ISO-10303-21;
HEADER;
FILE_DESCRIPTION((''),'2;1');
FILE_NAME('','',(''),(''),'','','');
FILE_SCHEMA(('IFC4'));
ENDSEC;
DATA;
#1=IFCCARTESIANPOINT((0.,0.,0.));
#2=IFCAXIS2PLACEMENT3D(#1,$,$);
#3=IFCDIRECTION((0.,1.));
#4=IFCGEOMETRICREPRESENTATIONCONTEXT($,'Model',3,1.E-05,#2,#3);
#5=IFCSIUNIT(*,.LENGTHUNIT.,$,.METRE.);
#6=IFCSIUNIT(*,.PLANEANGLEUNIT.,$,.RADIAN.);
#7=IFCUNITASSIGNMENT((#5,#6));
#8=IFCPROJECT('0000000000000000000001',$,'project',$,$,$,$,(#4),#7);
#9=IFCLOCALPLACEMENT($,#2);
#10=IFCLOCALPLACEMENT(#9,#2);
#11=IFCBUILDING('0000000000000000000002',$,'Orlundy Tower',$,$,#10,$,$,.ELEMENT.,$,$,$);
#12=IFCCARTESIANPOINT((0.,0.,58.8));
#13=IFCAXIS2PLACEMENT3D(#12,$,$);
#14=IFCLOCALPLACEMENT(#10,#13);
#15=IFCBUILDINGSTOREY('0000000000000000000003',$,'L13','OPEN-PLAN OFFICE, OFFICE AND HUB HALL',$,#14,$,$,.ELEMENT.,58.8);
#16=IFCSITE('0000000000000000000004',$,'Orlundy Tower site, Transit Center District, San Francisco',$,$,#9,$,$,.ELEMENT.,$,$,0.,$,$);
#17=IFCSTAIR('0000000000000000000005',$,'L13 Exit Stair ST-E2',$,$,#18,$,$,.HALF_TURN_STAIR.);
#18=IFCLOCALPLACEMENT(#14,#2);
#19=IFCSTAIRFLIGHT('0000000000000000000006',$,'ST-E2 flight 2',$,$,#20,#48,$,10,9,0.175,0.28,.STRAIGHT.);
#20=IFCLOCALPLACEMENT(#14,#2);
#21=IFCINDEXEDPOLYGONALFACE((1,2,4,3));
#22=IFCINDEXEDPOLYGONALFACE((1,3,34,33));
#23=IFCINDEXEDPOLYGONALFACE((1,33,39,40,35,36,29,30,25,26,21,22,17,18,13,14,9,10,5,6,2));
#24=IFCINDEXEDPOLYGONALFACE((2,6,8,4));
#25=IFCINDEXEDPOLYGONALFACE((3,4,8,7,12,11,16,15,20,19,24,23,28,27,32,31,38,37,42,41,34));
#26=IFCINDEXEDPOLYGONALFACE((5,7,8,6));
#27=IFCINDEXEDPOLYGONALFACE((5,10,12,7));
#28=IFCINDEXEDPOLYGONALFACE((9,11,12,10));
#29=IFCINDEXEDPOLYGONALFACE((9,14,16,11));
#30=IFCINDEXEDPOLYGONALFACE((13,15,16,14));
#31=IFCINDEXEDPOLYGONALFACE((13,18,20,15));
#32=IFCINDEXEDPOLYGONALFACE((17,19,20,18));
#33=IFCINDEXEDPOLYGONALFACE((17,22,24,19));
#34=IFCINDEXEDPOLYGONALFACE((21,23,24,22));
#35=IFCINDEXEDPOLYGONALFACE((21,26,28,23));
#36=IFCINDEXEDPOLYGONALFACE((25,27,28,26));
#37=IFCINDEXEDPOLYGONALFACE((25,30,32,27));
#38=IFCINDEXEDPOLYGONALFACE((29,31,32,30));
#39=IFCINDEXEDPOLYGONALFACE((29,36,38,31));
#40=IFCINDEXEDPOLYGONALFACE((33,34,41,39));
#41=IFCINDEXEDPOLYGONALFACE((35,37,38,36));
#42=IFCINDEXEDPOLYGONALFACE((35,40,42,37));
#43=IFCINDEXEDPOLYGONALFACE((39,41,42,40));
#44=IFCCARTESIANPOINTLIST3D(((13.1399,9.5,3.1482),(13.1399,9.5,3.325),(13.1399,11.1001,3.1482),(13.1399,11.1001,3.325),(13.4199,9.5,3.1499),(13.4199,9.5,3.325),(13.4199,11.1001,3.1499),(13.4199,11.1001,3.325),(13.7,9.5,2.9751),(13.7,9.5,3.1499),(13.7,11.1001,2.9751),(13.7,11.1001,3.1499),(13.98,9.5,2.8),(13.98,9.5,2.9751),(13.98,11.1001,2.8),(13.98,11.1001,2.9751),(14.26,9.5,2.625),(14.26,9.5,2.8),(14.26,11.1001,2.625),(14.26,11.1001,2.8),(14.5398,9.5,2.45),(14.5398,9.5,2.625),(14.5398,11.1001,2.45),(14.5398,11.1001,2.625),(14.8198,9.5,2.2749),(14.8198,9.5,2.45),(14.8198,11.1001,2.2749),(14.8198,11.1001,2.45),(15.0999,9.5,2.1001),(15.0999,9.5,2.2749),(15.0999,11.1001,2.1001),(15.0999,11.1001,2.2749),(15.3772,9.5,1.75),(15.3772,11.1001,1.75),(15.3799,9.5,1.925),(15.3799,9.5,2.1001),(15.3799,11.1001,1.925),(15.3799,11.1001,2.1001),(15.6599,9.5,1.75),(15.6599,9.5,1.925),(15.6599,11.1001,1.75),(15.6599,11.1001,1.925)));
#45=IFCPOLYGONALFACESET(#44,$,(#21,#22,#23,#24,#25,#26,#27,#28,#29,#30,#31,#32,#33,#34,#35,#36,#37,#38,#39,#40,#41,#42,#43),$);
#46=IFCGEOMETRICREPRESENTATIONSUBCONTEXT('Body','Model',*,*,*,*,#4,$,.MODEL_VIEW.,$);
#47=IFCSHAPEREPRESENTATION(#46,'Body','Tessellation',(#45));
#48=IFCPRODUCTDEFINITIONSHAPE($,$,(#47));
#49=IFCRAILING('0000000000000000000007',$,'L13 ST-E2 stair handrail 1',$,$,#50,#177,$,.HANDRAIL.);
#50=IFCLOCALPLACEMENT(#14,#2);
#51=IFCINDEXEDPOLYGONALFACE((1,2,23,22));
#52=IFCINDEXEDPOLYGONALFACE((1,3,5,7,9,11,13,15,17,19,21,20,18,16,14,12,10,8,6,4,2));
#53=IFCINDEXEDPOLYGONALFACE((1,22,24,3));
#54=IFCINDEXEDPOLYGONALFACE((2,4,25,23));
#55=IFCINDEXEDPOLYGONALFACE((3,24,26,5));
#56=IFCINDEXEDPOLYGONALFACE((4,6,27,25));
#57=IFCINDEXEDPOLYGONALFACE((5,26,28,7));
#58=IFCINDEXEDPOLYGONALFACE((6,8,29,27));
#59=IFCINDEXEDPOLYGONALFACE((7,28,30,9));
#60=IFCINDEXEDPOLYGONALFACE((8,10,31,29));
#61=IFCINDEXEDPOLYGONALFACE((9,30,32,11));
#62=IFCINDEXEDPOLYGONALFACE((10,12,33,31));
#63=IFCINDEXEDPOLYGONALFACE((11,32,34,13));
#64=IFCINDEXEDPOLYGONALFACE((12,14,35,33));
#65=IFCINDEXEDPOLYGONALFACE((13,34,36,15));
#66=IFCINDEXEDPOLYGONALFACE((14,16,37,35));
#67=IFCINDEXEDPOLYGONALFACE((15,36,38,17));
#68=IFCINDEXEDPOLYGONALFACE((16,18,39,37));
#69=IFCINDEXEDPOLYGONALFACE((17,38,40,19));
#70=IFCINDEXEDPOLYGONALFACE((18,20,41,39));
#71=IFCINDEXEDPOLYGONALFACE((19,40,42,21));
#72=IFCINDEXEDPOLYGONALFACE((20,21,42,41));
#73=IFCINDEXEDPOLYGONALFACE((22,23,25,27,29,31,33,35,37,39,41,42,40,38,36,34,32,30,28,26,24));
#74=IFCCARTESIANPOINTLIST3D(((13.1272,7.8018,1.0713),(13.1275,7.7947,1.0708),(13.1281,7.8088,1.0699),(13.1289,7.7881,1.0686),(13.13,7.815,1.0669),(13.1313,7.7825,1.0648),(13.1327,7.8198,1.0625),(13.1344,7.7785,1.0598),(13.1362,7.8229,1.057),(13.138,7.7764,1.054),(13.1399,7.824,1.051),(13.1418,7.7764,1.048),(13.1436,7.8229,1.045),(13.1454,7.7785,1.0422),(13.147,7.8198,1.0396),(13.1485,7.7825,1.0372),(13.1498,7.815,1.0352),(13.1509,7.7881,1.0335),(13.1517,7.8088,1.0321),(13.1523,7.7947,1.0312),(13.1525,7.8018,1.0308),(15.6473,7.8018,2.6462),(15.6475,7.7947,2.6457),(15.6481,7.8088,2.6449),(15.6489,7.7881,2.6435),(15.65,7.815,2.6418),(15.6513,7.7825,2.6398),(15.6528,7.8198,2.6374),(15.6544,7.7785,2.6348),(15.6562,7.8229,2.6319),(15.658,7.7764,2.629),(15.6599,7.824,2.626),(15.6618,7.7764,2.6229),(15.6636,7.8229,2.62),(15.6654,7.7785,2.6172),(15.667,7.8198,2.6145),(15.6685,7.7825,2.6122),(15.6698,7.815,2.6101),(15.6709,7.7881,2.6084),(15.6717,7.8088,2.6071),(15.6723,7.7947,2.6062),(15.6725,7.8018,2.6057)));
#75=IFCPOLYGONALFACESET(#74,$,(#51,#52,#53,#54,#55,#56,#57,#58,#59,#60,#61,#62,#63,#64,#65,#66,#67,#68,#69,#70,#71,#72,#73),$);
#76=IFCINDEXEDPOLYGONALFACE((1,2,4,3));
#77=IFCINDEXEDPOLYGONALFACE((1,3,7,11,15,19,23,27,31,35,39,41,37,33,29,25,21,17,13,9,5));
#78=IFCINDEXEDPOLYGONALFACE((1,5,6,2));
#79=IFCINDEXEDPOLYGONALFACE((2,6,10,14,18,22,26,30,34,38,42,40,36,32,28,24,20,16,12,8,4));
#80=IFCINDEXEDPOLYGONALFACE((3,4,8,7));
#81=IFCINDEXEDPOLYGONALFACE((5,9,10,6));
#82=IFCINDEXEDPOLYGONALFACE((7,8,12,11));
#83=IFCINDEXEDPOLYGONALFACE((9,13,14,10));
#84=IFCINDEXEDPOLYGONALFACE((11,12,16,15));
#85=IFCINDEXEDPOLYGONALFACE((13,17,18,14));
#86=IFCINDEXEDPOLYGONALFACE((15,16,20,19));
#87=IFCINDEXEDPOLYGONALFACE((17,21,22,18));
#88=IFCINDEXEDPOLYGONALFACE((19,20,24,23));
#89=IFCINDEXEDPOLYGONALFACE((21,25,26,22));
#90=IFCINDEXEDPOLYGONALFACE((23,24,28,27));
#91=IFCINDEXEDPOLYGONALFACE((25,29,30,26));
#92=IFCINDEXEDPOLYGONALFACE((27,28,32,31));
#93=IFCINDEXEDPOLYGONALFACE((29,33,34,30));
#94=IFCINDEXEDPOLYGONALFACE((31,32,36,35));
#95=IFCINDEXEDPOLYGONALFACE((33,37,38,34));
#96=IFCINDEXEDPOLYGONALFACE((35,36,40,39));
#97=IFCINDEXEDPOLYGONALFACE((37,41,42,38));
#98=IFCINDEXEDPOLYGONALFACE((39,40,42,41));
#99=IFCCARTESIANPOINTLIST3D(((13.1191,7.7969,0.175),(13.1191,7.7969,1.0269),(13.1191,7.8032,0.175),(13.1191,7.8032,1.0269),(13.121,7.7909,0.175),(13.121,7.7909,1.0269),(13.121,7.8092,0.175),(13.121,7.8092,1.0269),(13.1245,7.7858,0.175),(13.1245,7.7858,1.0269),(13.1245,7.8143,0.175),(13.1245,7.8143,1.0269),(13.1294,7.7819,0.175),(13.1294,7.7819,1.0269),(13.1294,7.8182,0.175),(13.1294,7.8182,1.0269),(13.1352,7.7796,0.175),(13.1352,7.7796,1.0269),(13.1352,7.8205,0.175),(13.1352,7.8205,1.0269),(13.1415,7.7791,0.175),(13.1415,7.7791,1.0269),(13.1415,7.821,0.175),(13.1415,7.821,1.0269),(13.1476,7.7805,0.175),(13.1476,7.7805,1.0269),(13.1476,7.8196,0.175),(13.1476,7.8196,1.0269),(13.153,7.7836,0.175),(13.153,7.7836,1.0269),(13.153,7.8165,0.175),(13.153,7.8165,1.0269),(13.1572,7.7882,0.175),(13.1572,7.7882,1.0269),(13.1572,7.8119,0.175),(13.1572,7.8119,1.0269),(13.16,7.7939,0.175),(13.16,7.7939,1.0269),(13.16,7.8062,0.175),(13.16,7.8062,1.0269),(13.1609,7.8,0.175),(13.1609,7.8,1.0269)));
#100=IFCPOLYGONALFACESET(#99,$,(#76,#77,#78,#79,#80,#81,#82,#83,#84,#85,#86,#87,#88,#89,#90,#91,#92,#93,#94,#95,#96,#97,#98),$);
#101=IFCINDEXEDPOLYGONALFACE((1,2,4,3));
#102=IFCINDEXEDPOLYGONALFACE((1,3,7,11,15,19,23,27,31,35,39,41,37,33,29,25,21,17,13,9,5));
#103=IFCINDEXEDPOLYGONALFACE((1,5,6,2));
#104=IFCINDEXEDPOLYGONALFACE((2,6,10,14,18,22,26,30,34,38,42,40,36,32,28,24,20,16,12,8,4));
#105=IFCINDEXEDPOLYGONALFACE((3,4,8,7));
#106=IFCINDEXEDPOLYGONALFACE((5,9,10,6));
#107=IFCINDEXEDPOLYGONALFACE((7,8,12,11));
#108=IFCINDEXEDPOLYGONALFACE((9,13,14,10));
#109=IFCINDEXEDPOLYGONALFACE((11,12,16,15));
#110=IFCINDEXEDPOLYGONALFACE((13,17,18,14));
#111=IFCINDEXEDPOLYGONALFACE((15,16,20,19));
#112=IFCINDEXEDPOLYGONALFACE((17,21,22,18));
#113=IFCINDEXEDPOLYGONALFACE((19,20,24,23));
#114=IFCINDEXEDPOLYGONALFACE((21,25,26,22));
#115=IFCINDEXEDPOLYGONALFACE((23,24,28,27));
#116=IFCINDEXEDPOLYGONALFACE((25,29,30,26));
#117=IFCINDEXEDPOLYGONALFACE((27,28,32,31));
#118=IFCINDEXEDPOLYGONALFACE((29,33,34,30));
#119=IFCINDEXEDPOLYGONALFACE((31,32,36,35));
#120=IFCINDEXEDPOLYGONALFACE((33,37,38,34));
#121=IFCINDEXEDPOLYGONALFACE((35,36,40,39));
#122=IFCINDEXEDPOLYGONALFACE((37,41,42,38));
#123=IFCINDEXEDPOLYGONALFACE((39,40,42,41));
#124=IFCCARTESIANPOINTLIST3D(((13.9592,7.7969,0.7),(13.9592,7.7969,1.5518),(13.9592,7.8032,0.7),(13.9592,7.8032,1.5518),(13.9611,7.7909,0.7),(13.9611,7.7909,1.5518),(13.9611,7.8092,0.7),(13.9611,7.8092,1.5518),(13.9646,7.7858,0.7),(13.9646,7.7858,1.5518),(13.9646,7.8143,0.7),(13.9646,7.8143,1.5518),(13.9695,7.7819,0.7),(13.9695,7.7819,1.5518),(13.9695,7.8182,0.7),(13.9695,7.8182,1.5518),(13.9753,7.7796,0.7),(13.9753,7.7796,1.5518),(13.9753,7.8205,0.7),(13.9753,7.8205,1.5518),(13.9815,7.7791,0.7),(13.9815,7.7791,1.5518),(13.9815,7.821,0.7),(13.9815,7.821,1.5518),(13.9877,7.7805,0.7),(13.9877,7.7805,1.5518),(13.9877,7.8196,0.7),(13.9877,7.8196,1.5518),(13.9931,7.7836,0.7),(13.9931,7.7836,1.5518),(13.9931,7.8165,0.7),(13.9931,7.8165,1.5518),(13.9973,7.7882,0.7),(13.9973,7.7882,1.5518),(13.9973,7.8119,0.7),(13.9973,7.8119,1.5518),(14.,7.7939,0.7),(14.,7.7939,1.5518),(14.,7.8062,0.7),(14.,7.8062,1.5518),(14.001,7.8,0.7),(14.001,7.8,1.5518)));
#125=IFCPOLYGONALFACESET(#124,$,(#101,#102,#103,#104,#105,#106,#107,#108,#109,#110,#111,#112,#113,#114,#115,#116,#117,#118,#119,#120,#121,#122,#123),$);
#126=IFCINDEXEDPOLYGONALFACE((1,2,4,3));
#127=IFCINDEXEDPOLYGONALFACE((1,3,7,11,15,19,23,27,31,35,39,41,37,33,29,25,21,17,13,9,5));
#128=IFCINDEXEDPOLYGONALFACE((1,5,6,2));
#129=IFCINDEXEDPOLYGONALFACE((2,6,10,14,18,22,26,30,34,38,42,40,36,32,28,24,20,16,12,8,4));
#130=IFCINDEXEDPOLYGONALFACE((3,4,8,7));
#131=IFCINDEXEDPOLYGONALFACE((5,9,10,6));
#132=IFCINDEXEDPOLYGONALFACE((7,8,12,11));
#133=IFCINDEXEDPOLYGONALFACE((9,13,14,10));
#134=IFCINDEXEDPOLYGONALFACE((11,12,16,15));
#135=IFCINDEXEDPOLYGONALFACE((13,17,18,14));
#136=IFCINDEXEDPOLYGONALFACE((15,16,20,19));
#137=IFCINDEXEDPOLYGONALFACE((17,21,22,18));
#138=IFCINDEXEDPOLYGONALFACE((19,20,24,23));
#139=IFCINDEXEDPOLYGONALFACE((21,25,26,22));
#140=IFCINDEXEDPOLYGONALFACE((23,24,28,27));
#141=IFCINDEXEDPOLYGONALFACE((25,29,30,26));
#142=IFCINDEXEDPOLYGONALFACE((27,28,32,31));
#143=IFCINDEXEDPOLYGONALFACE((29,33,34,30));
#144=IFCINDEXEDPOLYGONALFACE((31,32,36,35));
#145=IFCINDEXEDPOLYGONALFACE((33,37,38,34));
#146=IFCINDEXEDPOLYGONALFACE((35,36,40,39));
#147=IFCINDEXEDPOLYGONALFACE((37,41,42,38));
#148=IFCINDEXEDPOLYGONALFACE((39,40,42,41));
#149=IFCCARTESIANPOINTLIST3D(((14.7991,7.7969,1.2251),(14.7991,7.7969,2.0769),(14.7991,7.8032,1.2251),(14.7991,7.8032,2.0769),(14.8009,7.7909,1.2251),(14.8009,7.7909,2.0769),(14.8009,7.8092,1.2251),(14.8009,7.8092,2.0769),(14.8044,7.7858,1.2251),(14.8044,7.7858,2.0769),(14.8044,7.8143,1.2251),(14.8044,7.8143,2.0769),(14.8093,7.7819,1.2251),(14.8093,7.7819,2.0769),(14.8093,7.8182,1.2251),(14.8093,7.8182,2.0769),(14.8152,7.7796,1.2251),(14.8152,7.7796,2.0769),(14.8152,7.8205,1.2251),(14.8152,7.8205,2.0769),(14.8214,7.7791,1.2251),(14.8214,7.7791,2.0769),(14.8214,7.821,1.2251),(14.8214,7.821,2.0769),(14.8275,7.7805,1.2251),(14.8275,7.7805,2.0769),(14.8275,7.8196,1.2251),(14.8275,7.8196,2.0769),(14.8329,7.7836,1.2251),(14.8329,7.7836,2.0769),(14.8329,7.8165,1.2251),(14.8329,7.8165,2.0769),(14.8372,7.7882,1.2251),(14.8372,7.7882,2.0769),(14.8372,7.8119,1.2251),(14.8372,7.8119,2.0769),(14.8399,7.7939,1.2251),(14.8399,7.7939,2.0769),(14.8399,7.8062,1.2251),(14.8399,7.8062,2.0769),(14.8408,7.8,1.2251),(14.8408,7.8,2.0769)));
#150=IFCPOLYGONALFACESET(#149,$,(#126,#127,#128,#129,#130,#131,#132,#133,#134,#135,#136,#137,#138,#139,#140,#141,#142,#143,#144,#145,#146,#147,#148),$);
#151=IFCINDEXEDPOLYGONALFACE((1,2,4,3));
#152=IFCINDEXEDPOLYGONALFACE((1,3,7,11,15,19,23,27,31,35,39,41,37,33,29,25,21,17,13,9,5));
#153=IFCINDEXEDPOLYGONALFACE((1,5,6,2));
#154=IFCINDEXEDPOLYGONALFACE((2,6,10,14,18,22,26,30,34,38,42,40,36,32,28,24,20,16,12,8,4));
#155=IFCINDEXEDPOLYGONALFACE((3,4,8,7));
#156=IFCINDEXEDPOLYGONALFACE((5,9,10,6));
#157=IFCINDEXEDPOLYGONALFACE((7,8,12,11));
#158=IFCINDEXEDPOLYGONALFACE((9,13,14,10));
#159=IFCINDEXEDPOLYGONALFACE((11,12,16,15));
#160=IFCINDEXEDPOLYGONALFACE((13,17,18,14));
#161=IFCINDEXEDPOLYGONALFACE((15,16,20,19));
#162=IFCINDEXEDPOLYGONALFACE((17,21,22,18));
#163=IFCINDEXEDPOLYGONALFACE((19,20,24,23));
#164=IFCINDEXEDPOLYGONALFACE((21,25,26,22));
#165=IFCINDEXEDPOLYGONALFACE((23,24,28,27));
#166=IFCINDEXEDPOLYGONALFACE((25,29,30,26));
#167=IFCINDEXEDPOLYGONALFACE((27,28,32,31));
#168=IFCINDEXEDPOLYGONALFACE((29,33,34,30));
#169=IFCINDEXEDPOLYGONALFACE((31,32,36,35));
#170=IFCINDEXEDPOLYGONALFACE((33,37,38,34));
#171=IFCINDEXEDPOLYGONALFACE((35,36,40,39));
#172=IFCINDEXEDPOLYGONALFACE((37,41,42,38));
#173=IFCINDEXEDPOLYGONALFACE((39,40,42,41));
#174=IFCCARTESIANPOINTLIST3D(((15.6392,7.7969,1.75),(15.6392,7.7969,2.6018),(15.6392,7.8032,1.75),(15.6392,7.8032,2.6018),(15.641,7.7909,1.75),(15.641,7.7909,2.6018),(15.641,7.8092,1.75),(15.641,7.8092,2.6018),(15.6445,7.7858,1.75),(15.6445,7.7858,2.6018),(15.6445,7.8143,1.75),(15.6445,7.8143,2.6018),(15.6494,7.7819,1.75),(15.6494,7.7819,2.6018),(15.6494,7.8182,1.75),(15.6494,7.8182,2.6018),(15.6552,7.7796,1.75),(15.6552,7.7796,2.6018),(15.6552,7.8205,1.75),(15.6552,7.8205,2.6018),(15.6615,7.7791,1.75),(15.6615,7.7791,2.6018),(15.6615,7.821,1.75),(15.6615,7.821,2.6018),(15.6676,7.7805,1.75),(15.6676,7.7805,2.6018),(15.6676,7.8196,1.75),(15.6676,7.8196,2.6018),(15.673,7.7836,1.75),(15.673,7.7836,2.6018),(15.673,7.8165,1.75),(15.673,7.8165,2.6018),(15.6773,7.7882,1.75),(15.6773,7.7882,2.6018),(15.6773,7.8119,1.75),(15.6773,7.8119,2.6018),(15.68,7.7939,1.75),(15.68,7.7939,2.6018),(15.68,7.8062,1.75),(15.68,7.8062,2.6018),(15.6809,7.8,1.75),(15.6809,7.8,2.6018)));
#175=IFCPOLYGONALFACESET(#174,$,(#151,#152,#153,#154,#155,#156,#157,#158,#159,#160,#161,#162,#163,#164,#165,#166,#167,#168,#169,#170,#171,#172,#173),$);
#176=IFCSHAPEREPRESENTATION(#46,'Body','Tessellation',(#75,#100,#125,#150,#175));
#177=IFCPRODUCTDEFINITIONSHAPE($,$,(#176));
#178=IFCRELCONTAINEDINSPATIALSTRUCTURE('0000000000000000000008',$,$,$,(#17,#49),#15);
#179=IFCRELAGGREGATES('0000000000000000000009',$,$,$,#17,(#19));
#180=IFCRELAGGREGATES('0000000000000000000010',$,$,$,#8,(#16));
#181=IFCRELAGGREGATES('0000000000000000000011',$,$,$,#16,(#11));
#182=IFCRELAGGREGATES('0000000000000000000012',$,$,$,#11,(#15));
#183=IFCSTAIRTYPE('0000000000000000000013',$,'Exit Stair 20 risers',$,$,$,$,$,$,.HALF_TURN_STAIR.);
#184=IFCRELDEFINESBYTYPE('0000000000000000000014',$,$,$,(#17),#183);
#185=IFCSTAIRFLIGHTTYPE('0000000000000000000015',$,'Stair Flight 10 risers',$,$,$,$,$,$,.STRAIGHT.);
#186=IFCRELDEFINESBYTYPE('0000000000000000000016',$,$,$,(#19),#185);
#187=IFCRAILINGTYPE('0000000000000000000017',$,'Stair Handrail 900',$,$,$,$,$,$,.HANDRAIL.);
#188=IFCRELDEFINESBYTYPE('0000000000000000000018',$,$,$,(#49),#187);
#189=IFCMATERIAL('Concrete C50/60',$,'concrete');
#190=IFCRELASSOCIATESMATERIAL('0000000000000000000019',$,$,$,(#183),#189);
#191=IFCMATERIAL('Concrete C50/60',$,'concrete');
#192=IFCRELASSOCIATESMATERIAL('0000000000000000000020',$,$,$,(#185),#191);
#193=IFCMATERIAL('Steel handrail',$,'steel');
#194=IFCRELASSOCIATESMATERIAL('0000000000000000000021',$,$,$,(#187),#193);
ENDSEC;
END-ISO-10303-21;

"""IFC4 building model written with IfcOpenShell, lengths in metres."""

from ifc_helpers import new_model, si_unit, direction, frame, origin, origin_2d, place, context, subcontext, project, spatial, polyline, circle, outline, extrude, material, type_object, element, aggregate, save


model = new_model("IFC4")

# Units and contexts
model_context = context("Model", 3, precision=1e-05, world=origin(), true_north=direction((0.0, 1.0)))
body_context = subcontext(model_context, "Body", "Model", "MODEL_VIEW")
ifc_project = project(units=[si_unit("LENGTHUNIT", "METRE"), si_unit("PLANEANGLEUNIT", "RADIAN")], contexts=[model_context])

# Site, building, storey
site_placement = place(None, origin())
site = spatial("IfcSite", under=ifc_project, at=site_placement, Name="Orlundy Tower site, Transit Center District, San Francisco", CompositionType="ELEMENT", RefElevation=0.0)
building_placement = place(site_placement, origin())
building = spatial("IfcBuilding", under=site, at=building_placement, Name="Orlundy Tower", CompositionType="ELEMENT")
storey_placement = place(building_placement, frame((0.0, 0.0, 58.8)))
storey = spatial("IfcBuildingStorey", under=building, at=storey_placement, Name="L13", Description="OPEN-PLAN OFFICE, OFFICE AND HUB HALL", CompositionType="ELEMENT", Elevation=58.8)

# Stair, stair flight
ifc_material_1 = material(Name="Concrete C50/60", Category="concrete")
stair_type = type_object("IfcStairType", Name="Exit Stair 20 risers", PredefinedType="HALF_TURN_STAIR", material=ifc_material_1)
stair_placement = place(storey_placement, origin())
stair = element("IfcStair", 1, at=stair_placement, inside=storey, type_object=stair_type, Name="L13 Exit Stair ST-E2", PredefinedType="HALF_TURN_STAIR")
ifc_material_2 = material(Name="Concrete C50/60", Category="concrete")
stair_flight_type = type_object("IfcStairFlightType", Name="Stair Flight 10 risers", PredefinedType="STRAIGHT", material=ifc_material_2)
stair_flight_1_placement = place(storey_placement, frame((15.6599, 10.3, 1.75), z_axis=(0.0, 0.0, 1.0), x_axis=(-1.0, 0.0, 0.0)))
stair_flight_1 = element("IfcStairFlight", 2, at=stair_flight_1_placement, type_object=stair_flight_type, Name="ST-E2 flight 2", NumberOfRisers=10, NumberOfTreads=9, PredefinedType="STRAIGHT", RiserHeight=0.175, TreadLength=0.28, context=body_context, shape_type="SweptSolid", body=[
    extrude(outline(polyline([(0.0, 0.0), (0.0, 0.175), (0.28, 0.175), (0.28, 0.3501), (0.5601, 0.3501), (0.5601, 0.5249), (0.8401, 0.5249), (0.8401, 0.7), (1.1201, 0.7), (1.1201, 0.875), (1.3999, 0.875), (1.3999, 1.05), (1.6799, 1.05), (1.6799, 1.2251), (1.96, 1.2251), (1.96, 1.3999), (2.24, 1.3999), (2.24, 1.575), (2.52, 1.575), (2.52, 1.75), (2.52, 1.3982), (0.2827, 0.0), (0.0, 0.0)])), frame((0.0, 0.8, 0.0), z_axis=(0.0, -1.0, 0.0), x_axis=(1.0, 0.0, 0.0)), (0.0, 0.0, 1.0), 1.6001),
])
aggregate(stair, [stair_flight_1])

# Railing
ifc_material_3 = material(Name="Steel handrail", Category="steel")
railing_type_1 = type_object("IfcRailingType", Name="Stair Handrail 900", PredefinedType="HANDRAIL", material=ifc_material_3)
railing_1_placement = place(storey_placement, frame((13.1399, 7.8, 0.175)))
element("IfcRailing", 3, at=railing_1_placement, inside=storey, type_object=railing_type_1, Name="L13 ST-E2 stair handrail 1", PredefinedType="HANDRAIL", context=body_context, shape_type="SweptSolid", body=[
    extrude(circle(Radius=0.0239, at=origin_2d()), frame((0.0, 0.0, 0.876), z_axis=(0.848008, 0.0, 0.529984), x_axis=(0.0, 1.0, 0.0)), (0.0, 0.0, 1.0), 2.9717),
    extrude(circle(Radius=0.021, at=origin_2d()), origin(), (0.0, 0.0, 1.0), 0.8518),
    extrude(circle(Radius=0.021, at=origin_2d()), frame((0.8401, 0.0, 0.5249)), (0.0, 0.0, 1.0), 0.8518),
    extrude(circle(Radius=0.021, at=origin_2d()), frame((1.6799, 0.0, 1.05)), (0.0, 0.0, 1.0), 0.8518),
    extrude(circle(Radius=0.021, at=origin_2d()), frame((2.52, 0.0, 1.575)), (0.0, 0.0, 1.0), 0.8518),
])

save(model, "model.ifc")
